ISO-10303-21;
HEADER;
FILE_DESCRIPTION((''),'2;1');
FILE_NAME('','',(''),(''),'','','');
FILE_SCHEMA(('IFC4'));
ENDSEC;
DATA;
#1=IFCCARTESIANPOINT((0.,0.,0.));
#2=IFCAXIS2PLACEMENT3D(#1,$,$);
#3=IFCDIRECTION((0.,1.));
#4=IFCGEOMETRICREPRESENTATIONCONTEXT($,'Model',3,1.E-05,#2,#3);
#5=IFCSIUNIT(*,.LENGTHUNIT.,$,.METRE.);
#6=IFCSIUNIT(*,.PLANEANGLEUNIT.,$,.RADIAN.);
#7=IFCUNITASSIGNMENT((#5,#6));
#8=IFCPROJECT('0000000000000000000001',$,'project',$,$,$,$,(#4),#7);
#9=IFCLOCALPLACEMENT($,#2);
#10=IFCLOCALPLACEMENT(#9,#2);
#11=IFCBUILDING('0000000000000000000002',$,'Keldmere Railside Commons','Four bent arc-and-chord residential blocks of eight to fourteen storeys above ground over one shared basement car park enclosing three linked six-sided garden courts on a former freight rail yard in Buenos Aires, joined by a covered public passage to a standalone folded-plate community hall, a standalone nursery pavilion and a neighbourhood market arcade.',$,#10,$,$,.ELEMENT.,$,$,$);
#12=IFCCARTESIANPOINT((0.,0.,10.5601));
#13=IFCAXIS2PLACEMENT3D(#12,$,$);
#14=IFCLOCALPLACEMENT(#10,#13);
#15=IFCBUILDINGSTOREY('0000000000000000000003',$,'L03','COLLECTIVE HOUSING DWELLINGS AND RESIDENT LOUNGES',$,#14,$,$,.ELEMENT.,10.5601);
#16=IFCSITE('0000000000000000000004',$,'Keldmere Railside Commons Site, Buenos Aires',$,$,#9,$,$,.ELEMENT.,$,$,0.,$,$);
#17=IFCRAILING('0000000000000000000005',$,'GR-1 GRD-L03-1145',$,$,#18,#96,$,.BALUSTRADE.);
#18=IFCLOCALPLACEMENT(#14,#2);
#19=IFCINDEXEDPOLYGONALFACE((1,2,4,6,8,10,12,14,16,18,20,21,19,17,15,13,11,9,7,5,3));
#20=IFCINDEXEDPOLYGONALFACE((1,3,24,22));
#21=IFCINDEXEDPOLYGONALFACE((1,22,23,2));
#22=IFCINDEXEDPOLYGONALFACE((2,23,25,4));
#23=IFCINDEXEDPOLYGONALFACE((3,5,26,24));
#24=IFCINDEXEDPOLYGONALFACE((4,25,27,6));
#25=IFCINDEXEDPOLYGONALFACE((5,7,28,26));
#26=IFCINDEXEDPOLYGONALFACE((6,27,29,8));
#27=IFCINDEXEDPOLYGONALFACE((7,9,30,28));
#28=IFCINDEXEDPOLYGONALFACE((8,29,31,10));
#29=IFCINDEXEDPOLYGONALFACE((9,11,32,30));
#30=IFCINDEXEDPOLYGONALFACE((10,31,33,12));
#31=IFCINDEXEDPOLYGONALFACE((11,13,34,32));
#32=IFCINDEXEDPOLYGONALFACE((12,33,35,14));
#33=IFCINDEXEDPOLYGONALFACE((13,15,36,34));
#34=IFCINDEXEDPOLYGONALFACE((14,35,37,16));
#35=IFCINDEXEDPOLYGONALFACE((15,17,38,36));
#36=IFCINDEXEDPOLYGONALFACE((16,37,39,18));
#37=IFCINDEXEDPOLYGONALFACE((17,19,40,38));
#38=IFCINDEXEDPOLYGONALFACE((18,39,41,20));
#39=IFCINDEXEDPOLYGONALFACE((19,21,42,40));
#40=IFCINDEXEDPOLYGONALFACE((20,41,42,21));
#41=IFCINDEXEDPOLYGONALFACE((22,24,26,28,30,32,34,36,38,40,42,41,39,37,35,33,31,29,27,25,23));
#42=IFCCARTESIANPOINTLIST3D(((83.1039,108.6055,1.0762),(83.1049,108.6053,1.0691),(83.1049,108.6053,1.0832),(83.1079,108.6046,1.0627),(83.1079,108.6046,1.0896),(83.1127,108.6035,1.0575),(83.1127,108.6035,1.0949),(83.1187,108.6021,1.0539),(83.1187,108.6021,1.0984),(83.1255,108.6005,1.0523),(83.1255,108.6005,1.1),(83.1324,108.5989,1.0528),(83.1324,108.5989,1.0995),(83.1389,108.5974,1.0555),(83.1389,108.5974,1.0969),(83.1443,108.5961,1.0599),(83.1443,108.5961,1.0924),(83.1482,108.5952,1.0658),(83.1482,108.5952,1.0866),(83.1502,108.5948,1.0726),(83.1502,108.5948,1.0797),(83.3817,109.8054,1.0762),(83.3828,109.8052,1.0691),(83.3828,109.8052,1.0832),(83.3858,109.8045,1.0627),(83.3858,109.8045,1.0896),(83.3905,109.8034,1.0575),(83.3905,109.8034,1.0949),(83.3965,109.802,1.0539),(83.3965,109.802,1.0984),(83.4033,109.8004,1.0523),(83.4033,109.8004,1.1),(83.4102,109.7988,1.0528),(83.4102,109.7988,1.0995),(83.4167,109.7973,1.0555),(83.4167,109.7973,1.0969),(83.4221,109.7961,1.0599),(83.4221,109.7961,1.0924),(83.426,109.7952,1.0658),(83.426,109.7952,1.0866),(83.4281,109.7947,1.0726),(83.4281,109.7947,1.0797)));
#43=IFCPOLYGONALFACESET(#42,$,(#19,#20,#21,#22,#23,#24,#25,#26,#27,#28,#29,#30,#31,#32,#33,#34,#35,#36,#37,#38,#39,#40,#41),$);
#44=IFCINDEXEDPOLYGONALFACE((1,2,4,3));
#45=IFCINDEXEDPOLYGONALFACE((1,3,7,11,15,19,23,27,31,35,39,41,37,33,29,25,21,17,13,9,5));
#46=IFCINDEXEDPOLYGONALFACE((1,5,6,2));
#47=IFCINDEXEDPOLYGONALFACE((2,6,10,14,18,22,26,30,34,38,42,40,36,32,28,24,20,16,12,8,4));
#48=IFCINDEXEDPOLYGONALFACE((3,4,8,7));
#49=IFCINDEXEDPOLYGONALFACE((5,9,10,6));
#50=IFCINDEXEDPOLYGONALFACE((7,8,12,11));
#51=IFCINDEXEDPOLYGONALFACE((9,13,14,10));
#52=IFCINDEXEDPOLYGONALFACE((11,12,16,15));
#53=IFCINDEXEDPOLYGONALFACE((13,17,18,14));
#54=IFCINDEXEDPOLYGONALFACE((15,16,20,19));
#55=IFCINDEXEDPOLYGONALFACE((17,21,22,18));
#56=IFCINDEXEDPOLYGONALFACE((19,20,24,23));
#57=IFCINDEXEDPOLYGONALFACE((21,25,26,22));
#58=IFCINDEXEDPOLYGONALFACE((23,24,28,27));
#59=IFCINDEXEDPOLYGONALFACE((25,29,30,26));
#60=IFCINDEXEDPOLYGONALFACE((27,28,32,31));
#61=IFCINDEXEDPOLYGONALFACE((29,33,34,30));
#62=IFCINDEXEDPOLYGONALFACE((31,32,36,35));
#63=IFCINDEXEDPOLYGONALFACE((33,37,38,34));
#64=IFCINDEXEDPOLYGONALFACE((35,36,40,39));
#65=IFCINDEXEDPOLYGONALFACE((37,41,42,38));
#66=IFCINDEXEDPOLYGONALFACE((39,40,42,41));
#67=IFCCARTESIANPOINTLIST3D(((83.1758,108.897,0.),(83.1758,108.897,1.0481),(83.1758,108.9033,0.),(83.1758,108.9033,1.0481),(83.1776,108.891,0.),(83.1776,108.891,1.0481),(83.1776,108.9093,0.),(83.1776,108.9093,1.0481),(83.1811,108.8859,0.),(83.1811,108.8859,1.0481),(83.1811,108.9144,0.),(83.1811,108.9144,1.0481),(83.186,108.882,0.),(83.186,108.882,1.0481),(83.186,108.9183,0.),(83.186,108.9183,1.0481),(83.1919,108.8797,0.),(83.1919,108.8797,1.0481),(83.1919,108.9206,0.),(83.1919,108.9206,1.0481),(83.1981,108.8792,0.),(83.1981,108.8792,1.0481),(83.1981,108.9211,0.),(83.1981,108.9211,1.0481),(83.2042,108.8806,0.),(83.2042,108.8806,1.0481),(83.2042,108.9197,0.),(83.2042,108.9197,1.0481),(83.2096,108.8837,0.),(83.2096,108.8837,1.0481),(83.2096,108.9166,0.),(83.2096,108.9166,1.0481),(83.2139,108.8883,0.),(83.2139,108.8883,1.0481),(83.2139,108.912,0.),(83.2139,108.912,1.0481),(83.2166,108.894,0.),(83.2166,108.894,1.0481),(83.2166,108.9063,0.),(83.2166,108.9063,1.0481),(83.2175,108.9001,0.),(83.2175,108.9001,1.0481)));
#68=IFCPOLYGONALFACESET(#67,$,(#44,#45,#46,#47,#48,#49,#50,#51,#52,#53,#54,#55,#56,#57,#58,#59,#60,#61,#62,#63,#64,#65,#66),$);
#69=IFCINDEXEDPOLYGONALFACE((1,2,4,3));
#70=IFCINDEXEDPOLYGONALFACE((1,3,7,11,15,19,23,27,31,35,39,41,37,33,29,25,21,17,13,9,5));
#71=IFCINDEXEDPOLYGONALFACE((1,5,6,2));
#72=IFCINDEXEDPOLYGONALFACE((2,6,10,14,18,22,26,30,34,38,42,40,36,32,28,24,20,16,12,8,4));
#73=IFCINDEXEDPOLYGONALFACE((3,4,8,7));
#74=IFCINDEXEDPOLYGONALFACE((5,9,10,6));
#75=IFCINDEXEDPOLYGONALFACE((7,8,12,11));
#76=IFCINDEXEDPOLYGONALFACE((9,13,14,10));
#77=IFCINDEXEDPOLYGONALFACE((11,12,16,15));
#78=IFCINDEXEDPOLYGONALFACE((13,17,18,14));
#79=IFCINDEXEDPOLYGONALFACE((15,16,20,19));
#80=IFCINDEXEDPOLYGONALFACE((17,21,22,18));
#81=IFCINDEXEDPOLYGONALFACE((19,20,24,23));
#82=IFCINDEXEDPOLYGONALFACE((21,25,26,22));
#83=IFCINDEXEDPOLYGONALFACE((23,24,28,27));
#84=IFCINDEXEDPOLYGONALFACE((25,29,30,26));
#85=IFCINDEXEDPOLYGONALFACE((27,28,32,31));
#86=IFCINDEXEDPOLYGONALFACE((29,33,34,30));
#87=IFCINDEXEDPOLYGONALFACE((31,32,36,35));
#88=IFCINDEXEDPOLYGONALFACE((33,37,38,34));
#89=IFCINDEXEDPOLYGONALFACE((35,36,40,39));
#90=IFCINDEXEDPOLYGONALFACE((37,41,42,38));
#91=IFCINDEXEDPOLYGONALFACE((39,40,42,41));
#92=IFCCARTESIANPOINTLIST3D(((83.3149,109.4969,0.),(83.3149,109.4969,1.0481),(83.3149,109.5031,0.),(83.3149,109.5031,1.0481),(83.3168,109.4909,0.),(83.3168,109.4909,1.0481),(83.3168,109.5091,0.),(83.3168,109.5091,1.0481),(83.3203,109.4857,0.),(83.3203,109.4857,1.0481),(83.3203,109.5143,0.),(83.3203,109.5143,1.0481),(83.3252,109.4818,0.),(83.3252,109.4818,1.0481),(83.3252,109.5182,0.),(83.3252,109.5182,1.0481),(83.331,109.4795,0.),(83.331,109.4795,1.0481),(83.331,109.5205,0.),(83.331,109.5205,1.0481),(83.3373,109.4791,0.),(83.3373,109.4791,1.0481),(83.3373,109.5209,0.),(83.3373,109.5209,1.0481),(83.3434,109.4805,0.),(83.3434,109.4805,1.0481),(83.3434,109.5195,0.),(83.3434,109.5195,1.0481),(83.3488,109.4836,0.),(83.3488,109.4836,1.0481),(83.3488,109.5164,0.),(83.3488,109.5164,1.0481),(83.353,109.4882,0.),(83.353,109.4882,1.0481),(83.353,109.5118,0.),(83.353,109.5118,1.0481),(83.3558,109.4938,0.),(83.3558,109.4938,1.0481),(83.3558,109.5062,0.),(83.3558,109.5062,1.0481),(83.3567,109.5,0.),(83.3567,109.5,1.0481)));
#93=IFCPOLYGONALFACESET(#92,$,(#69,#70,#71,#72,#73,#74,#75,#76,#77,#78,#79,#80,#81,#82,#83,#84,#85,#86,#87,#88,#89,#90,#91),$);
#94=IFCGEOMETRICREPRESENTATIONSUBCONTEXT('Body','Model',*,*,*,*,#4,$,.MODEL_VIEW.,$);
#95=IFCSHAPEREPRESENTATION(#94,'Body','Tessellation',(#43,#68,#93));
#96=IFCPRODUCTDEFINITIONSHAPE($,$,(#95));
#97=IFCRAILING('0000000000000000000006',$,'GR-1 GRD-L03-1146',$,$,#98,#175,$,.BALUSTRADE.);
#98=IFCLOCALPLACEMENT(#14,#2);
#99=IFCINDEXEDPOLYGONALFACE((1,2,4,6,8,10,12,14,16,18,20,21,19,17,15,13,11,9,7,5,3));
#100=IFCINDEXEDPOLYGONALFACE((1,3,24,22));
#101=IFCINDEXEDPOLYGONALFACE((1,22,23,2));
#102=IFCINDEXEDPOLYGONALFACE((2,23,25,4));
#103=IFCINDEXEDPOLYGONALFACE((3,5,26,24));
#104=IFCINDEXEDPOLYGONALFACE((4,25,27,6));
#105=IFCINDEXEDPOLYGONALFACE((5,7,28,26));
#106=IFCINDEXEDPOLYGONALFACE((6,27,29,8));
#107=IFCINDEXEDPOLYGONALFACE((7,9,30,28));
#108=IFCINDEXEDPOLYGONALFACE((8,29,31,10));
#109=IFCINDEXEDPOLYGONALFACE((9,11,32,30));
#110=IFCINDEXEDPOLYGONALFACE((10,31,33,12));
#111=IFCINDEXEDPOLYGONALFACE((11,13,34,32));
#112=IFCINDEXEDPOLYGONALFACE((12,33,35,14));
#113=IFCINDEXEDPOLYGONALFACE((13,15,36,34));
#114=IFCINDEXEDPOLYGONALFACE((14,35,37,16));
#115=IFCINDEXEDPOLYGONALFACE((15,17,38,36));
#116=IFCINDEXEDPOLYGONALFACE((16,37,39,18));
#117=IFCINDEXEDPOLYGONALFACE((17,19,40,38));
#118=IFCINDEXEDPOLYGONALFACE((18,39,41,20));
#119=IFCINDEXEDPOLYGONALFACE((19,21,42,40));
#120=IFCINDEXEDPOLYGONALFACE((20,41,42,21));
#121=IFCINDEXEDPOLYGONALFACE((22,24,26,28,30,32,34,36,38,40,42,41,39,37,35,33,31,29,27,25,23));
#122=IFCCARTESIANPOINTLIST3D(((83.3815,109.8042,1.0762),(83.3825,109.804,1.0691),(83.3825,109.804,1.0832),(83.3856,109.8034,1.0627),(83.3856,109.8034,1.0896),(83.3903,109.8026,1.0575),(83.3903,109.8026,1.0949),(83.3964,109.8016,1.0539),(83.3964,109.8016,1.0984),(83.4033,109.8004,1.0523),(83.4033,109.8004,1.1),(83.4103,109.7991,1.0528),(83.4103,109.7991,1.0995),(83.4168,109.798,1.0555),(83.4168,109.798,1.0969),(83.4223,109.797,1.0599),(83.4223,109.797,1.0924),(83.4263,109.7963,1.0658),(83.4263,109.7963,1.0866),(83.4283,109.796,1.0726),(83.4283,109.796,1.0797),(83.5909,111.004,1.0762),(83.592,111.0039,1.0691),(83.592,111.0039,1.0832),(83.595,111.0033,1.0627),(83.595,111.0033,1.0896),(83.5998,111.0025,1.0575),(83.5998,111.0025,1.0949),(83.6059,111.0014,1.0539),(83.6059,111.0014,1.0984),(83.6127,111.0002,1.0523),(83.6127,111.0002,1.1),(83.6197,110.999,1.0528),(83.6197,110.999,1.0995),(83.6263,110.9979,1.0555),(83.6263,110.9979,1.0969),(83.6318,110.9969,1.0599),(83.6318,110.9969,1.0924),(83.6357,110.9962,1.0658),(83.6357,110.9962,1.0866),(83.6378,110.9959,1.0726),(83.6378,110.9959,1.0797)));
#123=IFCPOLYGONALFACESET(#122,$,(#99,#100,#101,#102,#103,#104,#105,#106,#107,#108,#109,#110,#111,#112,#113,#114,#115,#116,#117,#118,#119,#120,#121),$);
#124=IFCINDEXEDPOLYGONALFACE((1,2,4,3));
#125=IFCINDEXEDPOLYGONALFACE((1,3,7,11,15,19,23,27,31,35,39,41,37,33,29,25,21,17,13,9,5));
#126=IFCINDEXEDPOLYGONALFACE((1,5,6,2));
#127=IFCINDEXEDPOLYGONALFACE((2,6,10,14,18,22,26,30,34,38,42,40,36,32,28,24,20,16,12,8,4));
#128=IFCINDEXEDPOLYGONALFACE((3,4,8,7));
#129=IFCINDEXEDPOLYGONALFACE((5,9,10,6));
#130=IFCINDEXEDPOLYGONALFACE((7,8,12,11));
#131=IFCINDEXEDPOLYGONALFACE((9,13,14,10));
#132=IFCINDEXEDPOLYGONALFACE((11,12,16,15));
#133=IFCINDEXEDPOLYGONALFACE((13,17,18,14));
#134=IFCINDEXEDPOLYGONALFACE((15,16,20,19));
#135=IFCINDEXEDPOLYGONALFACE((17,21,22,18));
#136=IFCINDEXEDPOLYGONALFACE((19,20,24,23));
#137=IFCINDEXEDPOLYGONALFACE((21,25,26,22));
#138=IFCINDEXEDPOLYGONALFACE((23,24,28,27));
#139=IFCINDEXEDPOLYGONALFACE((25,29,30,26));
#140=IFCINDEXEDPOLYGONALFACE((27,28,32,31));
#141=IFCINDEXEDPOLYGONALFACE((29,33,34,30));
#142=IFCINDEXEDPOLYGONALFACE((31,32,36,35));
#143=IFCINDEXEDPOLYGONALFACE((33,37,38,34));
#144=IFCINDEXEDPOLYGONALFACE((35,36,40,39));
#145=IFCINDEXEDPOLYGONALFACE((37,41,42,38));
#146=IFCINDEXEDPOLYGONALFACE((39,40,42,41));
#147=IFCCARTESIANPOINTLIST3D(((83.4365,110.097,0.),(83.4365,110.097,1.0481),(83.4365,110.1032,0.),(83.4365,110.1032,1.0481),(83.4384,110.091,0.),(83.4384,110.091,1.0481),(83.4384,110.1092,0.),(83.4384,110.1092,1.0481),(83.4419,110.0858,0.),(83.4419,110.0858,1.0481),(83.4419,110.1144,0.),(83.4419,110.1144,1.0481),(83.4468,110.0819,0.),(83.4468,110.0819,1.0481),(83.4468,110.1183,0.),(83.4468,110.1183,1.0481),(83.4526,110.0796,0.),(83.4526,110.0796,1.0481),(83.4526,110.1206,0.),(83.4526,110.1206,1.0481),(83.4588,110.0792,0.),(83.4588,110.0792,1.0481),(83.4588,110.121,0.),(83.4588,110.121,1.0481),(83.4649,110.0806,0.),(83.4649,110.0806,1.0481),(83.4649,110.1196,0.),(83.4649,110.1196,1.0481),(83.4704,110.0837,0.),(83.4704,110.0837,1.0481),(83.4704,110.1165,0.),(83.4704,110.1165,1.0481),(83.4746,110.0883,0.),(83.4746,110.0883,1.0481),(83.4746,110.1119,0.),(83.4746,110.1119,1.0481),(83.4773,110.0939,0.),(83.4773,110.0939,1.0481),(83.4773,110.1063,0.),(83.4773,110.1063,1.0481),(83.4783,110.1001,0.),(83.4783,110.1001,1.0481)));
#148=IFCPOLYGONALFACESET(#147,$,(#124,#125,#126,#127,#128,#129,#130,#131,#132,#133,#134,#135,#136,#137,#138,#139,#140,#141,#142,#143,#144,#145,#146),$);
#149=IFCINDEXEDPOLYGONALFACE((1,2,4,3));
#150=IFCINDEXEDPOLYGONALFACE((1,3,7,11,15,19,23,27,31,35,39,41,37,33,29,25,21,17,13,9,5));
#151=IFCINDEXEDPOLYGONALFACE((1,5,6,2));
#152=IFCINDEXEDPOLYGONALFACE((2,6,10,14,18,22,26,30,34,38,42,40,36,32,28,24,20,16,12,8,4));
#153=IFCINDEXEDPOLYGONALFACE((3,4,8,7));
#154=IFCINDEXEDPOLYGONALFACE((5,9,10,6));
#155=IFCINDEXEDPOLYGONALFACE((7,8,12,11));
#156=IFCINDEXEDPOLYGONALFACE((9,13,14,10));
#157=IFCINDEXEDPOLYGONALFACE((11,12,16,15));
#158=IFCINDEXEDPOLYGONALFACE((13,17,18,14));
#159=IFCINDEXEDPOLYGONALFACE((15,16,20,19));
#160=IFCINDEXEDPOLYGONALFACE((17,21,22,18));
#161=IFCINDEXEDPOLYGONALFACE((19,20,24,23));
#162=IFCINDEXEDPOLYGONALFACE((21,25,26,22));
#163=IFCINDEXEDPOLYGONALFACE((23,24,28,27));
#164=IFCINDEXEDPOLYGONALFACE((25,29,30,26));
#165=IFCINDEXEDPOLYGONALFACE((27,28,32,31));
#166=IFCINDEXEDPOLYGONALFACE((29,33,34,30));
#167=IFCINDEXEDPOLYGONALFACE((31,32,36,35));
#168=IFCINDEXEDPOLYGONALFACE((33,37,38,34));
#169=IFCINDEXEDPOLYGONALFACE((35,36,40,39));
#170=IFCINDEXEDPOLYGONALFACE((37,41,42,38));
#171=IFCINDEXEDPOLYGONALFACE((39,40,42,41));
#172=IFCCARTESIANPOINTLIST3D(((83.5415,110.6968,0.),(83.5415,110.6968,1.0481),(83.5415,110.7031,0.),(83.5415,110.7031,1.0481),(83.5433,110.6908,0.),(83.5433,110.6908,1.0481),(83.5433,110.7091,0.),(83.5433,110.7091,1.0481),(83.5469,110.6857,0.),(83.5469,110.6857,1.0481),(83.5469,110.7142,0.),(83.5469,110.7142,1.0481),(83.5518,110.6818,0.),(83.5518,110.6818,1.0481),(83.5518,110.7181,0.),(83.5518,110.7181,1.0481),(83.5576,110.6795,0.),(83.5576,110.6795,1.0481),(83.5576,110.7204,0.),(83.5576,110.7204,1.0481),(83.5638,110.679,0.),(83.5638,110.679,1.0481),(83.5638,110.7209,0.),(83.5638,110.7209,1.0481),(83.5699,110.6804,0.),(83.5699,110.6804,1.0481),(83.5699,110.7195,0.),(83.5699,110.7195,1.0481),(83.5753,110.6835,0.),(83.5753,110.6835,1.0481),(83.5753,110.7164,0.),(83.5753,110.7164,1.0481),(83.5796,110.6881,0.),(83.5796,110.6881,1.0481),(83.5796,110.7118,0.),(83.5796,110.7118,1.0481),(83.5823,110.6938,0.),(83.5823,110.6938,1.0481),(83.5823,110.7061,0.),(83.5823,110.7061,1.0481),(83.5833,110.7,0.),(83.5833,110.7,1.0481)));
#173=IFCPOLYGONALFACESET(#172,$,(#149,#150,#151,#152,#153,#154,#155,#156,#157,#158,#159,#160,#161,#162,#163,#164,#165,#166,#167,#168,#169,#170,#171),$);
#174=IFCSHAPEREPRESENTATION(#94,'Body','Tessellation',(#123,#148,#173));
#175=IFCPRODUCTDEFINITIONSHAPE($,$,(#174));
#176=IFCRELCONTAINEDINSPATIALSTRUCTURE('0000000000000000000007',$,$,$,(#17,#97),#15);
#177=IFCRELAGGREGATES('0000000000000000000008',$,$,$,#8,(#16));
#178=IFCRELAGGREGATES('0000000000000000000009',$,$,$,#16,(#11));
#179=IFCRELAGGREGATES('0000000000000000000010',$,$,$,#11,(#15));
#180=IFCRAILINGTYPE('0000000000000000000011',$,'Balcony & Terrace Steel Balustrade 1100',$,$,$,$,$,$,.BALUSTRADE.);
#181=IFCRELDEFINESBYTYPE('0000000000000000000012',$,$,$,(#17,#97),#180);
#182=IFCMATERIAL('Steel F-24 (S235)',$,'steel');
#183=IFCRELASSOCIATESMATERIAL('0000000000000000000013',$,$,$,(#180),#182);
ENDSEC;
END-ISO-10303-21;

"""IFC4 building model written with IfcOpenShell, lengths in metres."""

from ifc_helpers import new_model, si_unit, direction, frame, origin, origin_2d, place, context, subcontext, project, spatial, circle, extrude, material, type_object, element, save


model = new_model("IFC4")

# Units and contexts
model_context = context("Model", 3, precision=1e-05, world=origin(), true_north=direction((0.0, 1.0)))
body_context = subcontext(model_context, "Body", "Model", "MODEL_VIEW")
ifc_project = project(units=[si_unit("LENGTHUNIT", "METRE"), si_unit("PLANEANGLEUNIT", "RADIAN")], contexts=[model_context])

# Site, building, storey
site_placement = place(None, origin())
site = spatial("IfcSite", under=ifc_project, at=site_placement, Name="Keldmere Railside Commons Site, Buenos Aires", CompositionType="ELEMENT", RefElevation=0.0)
building_placement = place(site_placement, origin())
building = spatial("IfcBuilding", under=site, at=building_placement, Name="Keldmere Railside Commons", Description="Four bent arc-and-chord residential blocks of eight to fourteen storeys above ground over one shared basement car park enclosing three linked six-sided garden courts on a former freight rail yard in Buenos Aires, joined by a covered public passage to a standalone folded-plate community hall, a standalone nursery pavilion and a neighbourhood market arcade.", CompositionType="ELEMENT")
storey_placement = place(building_placement, frame((0.0, 0.0, 10.5601)))
storey = spatial("IfcBuildingStorey", under=building, at=storey_placement, Name="L03", Description="COLLECTIVE HOUSING DWELLINGS AND RESIDENT LOUNGES", CompositionType="ELEMENT", Elevation=10.5601)

# Shared definitions
ifc_material_1 = material(Name="Steel F-24 (S235)", Category="steel")

# Railings
railing_type_1 = type_object("IfcRailingType", Name="Balcony & Terrace Steel Balustrade 1100", PredefinedType="BALUSTRADE", material=ifc_material_1)
railing_1_placement = place(storey_placement, frame((83.1272, 108.6001, 0.0)))
element("IfcRailing", 1, at=railing_1_placement, inside=storey, type_object=railing_type_1, Name="GR-1 GRD-L03-1145", PredefinedType="BALUSTRADE", context=body_context, shape_type="SweptSolid", body=[
    extrude(circle(Radius=0.0239, at=origin_2d()), frame((0.0, 0.0, 1.0762), z_axis=(0.225569, 0.974227, 0.0), x_axis=(-0.974227, 0.225569, 0.0)), (0.0, 0.0, 1.0), 1.2317),
    extrude(circle(Radius=0.021, at=origin_2d()), frame((0.0693, 0.3, 0.0)), (0.0, 0.0, 1.0), 1.0481),
    extrude(circle(Radius=0.021, at=origin_2d()), frame((0.2085, 0.8999, 0.0)), (0.0, 0.0, 1.0), 1.0481),
])
railing_2_placement = place(storey_placement, frame((83.405, 109.8, 0.0)))
element("IfcRailing", 2, at=railing_2_placement, inside=storey, type_object=railing_type_1, Name="GR-1 GRD-L03-1146", PredefinedType="BALUSTRADE", context=body_context, shape_type="SweptSolid", body=[
    extrude(circle(Radius=0.0239, at=origin_2d()), frame((0.0, 0.0, 1.0762), z_axis=(0.171967, 0.985103, 0.0), x_axis=(-0.985103, 0.171967, 0.0)), (0.0, 0.0, 1.0), 1.218),
    extrude(circle(Radius=0.021, at=origin_2d()), frame((0.0522, 0.3, 0.0)), (0.0, 0.0, 1.0), 1.0481),
    extrude(circle(Radius=0.021, at=origin_2d()), frame((0.1572, 0.8999, 0.0)), (0.0, 0.0, 1.0), 1.0481),
])

save(model, "model.ifc")
